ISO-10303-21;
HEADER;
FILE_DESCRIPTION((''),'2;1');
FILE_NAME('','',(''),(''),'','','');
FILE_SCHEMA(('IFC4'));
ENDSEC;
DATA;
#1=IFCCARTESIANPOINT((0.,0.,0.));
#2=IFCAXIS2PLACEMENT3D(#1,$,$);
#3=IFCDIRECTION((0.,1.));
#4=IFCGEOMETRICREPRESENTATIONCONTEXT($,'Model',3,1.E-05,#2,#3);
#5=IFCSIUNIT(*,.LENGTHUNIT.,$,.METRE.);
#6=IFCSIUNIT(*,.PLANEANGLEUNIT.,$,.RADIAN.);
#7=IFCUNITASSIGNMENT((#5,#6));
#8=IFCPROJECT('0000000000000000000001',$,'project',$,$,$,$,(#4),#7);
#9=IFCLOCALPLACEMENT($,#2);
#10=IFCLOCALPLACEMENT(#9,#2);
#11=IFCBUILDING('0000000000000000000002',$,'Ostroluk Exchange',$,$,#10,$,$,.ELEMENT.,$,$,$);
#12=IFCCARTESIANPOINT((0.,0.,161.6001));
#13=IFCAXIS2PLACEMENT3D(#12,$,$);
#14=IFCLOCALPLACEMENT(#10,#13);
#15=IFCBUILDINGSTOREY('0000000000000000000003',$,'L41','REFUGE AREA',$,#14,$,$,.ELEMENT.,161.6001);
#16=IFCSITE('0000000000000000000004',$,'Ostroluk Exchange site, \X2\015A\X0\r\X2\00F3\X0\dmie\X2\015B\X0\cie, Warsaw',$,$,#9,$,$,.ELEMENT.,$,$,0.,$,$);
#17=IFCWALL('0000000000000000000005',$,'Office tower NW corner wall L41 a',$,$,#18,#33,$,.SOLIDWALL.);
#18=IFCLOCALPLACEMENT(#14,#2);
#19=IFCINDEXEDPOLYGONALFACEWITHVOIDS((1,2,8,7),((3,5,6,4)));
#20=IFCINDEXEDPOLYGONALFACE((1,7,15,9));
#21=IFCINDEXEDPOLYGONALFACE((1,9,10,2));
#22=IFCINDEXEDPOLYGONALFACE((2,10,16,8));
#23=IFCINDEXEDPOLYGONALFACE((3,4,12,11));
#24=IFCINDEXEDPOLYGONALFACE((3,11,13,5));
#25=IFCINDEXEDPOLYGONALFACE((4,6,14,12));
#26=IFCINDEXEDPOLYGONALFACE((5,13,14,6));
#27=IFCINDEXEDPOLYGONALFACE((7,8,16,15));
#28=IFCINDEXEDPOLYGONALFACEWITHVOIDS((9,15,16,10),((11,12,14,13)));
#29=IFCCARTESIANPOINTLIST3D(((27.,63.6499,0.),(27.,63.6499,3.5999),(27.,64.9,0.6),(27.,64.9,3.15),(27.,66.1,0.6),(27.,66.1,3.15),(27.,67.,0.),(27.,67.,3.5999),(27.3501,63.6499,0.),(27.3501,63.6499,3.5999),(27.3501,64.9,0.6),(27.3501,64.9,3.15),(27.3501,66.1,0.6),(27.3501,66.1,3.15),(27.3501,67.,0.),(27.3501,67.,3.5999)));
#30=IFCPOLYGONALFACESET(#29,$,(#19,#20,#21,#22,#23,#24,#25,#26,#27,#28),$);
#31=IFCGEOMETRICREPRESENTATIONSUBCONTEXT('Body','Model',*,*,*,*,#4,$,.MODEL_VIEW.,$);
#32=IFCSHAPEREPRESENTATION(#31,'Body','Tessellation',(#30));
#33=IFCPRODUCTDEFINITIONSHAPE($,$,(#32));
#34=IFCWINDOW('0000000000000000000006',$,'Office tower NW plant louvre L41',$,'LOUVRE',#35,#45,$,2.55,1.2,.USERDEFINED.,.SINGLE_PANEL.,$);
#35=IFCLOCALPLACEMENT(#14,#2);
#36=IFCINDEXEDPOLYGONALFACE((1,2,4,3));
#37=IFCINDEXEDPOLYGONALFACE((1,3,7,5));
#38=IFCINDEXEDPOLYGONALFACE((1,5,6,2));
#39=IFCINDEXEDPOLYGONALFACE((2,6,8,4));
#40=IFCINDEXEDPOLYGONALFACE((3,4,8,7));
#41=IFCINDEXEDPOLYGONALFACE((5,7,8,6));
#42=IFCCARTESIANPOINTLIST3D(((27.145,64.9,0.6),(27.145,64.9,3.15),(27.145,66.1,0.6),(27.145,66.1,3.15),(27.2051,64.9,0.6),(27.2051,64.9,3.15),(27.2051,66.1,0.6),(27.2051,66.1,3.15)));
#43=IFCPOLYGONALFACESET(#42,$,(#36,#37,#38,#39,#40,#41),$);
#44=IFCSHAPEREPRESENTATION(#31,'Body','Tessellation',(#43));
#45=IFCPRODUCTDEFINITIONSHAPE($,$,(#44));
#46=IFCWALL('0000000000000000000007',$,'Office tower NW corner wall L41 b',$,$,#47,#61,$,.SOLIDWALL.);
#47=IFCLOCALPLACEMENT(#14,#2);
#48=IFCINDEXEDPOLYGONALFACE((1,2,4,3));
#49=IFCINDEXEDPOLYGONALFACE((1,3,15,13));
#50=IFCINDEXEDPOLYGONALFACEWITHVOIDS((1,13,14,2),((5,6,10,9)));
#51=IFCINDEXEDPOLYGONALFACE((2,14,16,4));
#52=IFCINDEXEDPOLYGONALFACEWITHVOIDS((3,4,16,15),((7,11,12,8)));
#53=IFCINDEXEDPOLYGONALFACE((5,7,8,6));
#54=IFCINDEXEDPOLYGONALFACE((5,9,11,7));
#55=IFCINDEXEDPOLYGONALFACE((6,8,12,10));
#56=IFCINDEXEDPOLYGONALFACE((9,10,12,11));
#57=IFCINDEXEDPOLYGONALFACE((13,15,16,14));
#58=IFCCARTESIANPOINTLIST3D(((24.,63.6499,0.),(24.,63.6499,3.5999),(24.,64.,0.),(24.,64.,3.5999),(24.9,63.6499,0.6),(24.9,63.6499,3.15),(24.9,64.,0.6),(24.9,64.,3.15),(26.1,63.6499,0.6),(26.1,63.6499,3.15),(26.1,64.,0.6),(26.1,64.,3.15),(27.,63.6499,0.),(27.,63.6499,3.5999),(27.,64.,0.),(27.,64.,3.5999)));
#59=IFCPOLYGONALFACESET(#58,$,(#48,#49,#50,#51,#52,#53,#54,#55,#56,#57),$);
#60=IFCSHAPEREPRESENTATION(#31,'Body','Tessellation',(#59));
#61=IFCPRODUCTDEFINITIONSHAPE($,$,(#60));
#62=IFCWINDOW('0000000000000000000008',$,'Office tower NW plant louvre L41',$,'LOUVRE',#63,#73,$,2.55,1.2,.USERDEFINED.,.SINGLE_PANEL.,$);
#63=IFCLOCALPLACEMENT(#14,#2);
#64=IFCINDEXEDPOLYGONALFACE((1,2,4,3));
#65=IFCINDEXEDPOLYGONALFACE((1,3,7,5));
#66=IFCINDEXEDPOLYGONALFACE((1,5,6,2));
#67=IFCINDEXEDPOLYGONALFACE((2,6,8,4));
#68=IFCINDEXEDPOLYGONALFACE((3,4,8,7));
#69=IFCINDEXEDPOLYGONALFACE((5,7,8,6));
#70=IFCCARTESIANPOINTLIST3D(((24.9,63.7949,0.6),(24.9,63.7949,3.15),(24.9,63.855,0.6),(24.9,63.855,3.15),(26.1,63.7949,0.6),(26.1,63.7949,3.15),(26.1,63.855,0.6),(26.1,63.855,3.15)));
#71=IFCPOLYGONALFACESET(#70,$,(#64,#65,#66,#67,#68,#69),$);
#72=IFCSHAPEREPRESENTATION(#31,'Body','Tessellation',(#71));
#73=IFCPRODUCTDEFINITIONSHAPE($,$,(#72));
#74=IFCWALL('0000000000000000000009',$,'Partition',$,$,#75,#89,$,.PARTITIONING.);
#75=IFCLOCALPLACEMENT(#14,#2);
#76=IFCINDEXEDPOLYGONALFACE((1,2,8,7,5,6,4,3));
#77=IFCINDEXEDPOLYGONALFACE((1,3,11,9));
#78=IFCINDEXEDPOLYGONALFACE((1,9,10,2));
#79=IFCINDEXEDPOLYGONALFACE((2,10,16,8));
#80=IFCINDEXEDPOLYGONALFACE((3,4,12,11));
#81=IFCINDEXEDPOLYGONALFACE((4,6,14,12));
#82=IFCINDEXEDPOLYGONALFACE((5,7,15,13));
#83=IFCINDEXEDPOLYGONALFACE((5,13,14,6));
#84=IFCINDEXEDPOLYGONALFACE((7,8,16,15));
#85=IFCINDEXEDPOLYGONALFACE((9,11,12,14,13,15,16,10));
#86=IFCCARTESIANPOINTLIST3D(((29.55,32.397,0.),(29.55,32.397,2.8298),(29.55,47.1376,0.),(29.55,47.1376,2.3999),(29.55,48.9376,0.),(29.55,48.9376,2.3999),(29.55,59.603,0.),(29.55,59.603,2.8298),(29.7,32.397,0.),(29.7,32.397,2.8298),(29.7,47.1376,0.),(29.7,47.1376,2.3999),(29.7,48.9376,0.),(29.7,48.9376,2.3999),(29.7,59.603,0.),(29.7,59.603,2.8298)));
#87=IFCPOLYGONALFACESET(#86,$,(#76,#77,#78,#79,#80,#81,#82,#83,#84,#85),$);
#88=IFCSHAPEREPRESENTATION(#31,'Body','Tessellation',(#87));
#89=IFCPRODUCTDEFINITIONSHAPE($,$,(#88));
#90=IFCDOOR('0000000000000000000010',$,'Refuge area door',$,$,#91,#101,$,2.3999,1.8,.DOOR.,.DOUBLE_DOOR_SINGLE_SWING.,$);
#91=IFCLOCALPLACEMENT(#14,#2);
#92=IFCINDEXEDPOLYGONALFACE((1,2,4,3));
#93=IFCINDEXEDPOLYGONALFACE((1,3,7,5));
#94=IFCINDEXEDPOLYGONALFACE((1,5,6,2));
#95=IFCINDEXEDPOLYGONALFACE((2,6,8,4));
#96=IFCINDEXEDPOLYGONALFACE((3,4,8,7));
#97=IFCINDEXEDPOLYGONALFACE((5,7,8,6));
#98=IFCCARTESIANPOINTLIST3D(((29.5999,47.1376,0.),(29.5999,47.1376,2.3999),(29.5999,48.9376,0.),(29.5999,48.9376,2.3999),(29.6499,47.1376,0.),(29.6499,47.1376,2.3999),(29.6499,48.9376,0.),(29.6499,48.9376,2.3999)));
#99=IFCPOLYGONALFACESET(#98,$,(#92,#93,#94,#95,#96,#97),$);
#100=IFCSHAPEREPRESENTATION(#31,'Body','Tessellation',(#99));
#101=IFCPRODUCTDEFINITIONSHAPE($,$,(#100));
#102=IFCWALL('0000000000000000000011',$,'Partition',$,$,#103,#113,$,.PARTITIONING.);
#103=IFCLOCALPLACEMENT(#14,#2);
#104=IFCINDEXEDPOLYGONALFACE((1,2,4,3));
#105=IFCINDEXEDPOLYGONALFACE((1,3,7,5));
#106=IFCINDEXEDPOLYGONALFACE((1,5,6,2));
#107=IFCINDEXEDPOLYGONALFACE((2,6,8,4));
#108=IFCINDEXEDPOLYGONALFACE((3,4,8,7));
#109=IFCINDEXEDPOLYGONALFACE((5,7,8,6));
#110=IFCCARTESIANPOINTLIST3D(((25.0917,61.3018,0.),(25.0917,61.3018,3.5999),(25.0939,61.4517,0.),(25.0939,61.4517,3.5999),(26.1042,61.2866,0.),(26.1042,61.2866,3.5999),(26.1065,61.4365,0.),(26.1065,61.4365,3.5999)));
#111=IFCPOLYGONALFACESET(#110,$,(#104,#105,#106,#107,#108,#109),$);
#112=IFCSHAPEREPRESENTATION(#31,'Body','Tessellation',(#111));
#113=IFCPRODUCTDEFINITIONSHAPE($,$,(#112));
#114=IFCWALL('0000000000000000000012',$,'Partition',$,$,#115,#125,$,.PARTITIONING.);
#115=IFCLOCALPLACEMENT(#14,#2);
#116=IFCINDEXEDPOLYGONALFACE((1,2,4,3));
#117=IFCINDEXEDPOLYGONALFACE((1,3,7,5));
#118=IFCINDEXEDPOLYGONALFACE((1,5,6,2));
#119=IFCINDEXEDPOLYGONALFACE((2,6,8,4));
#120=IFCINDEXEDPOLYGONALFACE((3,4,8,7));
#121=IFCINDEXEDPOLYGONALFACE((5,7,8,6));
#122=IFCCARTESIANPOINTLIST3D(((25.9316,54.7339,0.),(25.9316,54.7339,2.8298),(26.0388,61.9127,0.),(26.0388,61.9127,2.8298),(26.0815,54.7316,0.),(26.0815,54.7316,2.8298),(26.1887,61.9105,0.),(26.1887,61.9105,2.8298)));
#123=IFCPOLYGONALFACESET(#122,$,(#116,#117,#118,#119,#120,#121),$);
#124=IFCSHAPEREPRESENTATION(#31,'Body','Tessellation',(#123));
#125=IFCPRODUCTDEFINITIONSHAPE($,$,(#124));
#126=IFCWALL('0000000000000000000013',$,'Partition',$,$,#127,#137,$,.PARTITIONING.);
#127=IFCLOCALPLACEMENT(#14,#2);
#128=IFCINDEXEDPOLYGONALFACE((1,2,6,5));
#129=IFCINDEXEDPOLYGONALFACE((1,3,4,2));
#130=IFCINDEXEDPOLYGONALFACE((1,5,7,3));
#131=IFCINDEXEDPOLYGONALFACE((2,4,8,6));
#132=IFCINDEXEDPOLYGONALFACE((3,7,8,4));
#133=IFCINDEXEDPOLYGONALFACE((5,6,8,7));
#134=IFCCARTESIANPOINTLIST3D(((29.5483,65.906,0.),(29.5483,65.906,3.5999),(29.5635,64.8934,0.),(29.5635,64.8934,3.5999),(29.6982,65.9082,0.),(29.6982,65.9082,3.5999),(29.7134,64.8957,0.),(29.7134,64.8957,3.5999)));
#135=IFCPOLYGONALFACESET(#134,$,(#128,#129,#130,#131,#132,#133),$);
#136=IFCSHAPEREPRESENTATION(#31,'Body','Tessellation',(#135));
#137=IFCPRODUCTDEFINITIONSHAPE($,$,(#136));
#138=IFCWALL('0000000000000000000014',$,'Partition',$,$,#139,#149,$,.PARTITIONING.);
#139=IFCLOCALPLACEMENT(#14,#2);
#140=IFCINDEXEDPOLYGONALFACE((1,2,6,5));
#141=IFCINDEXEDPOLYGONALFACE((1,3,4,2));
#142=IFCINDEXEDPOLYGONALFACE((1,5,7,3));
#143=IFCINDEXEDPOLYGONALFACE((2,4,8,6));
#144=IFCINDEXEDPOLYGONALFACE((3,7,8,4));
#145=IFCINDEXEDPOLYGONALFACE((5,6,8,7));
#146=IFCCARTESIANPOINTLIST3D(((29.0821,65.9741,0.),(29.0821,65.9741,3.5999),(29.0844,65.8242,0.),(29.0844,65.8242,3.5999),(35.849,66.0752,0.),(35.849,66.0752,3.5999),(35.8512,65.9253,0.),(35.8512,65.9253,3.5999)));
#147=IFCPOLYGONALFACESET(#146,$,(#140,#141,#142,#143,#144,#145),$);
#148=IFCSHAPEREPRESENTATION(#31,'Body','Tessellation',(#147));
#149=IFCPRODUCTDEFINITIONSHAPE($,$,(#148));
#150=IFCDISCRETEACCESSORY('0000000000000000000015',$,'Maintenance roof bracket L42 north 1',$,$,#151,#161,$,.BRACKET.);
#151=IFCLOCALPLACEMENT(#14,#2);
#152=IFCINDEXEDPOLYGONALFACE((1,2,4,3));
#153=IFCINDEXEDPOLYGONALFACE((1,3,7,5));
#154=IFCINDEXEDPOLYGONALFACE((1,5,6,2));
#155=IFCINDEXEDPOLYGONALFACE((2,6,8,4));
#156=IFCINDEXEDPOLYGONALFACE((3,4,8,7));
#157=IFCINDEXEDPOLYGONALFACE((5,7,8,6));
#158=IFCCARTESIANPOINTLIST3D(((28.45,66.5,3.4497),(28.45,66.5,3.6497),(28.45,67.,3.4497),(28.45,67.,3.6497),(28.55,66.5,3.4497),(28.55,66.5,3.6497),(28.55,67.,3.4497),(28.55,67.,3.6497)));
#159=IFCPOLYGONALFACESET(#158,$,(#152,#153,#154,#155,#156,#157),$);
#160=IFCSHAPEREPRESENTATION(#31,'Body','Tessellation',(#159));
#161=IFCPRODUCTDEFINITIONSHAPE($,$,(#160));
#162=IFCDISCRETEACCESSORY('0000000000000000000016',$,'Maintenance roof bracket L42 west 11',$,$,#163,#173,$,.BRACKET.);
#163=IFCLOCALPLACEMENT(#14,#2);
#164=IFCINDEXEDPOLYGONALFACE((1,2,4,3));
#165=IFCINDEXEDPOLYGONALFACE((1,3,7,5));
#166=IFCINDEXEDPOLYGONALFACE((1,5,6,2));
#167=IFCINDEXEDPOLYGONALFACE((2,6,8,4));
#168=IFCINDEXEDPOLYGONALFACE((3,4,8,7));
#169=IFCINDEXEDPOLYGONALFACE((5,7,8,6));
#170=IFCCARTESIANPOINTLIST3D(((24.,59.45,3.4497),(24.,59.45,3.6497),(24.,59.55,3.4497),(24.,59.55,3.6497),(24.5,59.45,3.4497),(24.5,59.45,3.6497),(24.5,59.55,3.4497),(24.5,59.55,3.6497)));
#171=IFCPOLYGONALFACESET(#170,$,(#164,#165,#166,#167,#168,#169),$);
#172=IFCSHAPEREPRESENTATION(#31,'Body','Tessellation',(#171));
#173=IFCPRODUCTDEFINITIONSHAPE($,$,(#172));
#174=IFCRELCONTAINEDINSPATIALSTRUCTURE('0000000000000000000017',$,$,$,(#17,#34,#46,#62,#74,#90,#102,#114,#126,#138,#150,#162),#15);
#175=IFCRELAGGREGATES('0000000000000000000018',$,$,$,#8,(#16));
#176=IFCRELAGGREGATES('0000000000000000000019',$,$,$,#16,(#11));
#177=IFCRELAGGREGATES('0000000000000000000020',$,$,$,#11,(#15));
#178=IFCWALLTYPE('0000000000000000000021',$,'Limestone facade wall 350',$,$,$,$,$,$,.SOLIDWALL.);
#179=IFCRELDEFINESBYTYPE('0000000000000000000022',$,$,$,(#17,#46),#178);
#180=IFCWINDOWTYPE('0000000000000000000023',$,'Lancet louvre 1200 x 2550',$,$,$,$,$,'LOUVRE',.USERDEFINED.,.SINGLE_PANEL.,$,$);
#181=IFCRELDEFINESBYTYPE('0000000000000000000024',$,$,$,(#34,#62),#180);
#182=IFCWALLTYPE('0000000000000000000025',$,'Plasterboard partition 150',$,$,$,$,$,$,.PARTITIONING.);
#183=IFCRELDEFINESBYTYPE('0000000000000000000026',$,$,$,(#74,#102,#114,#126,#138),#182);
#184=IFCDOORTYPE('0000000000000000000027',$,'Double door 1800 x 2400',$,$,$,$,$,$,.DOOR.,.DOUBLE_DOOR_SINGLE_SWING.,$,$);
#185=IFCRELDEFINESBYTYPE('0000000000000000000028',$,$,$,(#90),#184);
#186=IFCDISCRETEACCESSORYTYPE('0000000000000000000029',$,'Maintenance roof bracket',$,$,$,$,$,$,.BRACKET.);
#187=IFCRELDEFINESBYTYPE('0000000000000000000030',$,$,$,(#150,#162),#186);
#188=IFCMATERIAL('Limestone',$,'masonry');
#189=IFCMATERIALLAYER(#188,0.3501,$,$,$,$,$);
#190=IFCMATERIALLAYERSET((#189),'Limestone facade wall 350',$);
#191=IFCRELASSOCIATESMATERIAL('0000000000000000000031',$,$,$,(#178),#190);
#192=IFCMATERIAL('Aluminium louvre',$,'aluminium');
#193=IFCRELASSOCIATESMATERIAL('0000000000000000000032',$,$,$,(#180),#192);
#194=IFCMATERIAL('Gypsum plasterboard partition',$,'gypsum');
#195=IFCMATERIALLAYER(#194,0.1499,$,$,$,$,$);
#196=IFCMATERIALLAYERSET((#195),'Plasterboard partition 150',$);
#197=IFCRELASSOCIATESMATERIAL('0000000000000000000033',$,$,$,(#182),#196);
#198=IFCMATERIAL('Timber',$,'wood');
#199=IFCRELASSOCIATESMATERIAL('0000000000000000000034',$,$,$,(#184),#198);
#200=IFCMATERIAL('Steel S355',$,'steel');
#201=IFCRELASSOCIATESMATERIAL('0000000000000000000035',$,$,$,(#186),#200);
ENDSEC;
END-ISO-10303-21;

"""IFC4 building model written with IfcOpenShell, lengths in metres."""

from ifc_helpers import new_model, si_unit, direction, frame, frame_2d, origin, origin_2d, place, context, subcontext, project, spatial, rectangle, extrude, material, layer, layer_set, type_object, element, fill, save


model = new_model("IFC4")

# Units and contexts
model_context = context("Model", 3, precision=1e-05, world=origin(), true_north=direction((0.0, 1.0)))
body_context = subcontext(model_context, "Body", "Model", "MODEL_VIEW")
ifc_project = project(units=[si_unit("LENGTHUNIT", "METRE"), si_unit("PLANEANGLEUNIT", "RADIAN")], contexts=[model_context])

# Site, building, storey
site_placement = place(None, origin())
site = spatial("IfcSite", under=ifc_project, at=site_placement, Name="Ostroluk Exchange site, Śródmieście, Warsaw", CompositionType="ELEMENT", RefElevation=0.0)
building_placement = place(site_placement, origin())
building = spatial("IfcBuilding", under=site, at=building_placement, Name="Ostroluk Exchange", CompositionType="ELEMENT")
storey_placement = place(building_placement, frame((0.0, 0.0, 161.6001)))
storey = spatial("IfcBuildingStorey", under=building, at=storey_placement, Name="L41", Description="REFUGE AREA", CompositionType="ELEMENT", Elevation=161.6001)

# Walls, openings, windows
ifc_material_1 = material(Name="Limestone", Category="masonry")
ifc_layer_1 = layer(ifc_material_1, 0.3501)
ifc_layer_set_1 = layer_set([ifc_layer_1], Name="Limestone facade wall 350")
wall_type_1 = type_object("IfcWallType", Name="Limestone facade wall 350", PredefinedType="SOLIDWALL", material=ifc_layer_set_1)
wall_1_placement = place(storey_placement, frame((27.175, 67.0, 0.0), z_axis=(0.0, 0.0, 1.0), x_axis=(0.0, -1.0, 0.0)))
wall_1 = element("IfcWall", 1, at=wall_1_placement, inside=storey, type_object=wall_type_1, Name="Office tower NW corner wall L41 a", PredefinedType="SOLIDWALL", context=body_context, shape_type="SweptSolid", body=[
    extrude(rectangle(XDim=3.3501, YDim=0.3501, at=frame_2d((1.675, 0.0))), origin(), (0.0, 0.0, 1.0), 3.5999),
])
opening_1_placement = place(wall_1_placement, frame((0.8999, 0.0, 0.6001)))
opening_1 = element("IfcOpeningElement", 2, at=opening_1_placement, cuts=wall_1, PredefinedType="OPENING", context=body_context, shape_type="SweptSolid", body=[
    extrude(rectangle(XDim=1.2, YDim=2.55, at=frame_2d((0.6001, 1.2749))), frame((0.0, 0.1851, 0.0), z_axis=(0.0, -1.0, 0.0), x_axis=(1.0, 0.0, 0.0)), (0.0, 0.0, 1.0), 0.3701),
])
ifc_material_2 = material(Name="Aluminium louvre", Category="aluminium")
window_type = type_object("IfcWindowType", Name="Lancet louvre 1200 x 2550", ElementType="LOUVRE", PartitioningType="SINGLE_PANEL", PredefinedType="USERDEFINED", material=ifc_material_2)
window_1_placement = place(opening_1_placement, origin())
window_1 = element("IfcWindow", 3, at=window_1_placement, inside=storey, type_object=window_type, Name="Office tower NW plant louvre L41", ObjectType="LOUVRE", OverallHeight=2.55, OverallWidth=1.2, PartitioningType="SINGLE_PANEL", PredefinedType="USERDEFINED", context=body_context, shape_type="SweptSolid", body=[
    extrude(rectangle(XDim=1.2, YDim=2.55, at=frame_2d((0.6001, 1.2749))), frame((0.0, 0.03, 0.0), z_axis=(0.0, -1.0, 0.0), x_axis=(1.0, 0.0, 0.0)), (0.0, 0.0, 1.0), 0.0601),
])
fill(opening_1, window_1)
wall_2_placement = place(storey_placement, frame((27.0, 63.825, 0.0), z_axis=(0.0, 0.0, 1.0), x_axis=(-1.0, 0.0, 0.0)))
wall_2 = element("IfcWall", 4, at=wall_2_placement, inside=storey, type_object=wall_type_1, Name="Office tower NW corner wall L41 b", PredefinedType="SOLIDWALL", context=body_context, shape_type="SweptSolid", body=[
    extrude(rectangle(XDim=3.0, YDim=0.3501, at=frame_2d((1.5, 0.0))), origin(), (0.0, 0.0, 1.0), 3.5999),
])
opening_2_placement = place(wall_2_placement, frame((0.8999, 0.0, 0.6001)))
opening_2 = element("IfcOpeningElement", 5, at=opening_2_placement, cuts=wall_2, PredefinedType="OPENING", context=body_context, shape_type="SweptSolid", body=[
    extrude(rectangle(XDim=1.2, YDim=2.55, at=frame_2d((0.6001, 1.2749))), frame((0.0, 0.1851, 0.0), z_axis=(0.0, -1.0, 0.0), x_axis=(1.0, 0.0, 0.0)), (0.0, 0.0, 1.0), 0.3701),
])
window_2_placement = place(opening_2_placement, origin())
window_2 = element("IfcWindow", 6, at=window_2_placement, inside=storey, type_object=window_type, Name="Office tower NW plant louvre L41", ObjectType="LOUVRE", OverallHeight=2.55, OverallWidth=1.2, PartitioningType="SINGLE_PANEL", PredefinedType="USERDEFINED", context=body_context, shape_type="SweptSolid", body=[
    extrude(rectangle(XDim=1.2, YDim=2.55, at=frame_2d((0.6001, 1.2749))), frame((0.0, 0.03, 0.0), z_axis=(0.0, -1.0, 0.0), x_axis=(1.0, 0.0, 0.0)), (0.0, 0.0, 1.0), 0.0601),
])
fill(opening_2, window_2)

# Wall, opening, door
ifc_material_3 = material(Name="Gypsum plasterboard partition", Category="gypsum")
ifc_layer_2 = layer(ifc_material_3, 0.1499)
ifc_layer_set_2 = layer_set([ifc_layer_2], Name="Plasterboard partition 150")
wall_type_2 = type_object("IfcWallType", Name="Plasterboard partition 150", PredefinedType="PARTITIONING", material=ifc_layer_set_2)
wall_3_placement = place(storey_placement, frame((29.625, 59.603, 0.0), z_axis=(0.0, 0.0, 1.0), x_axis=(0.0, -1.0, 0.0)))
wall_3 = element("IfcWall", 7, at=wall_3_placement, inside=storey, type_object=wall_type_2, Name="Partition", PredefinedType="PARTITIONING", context=body_context, shape_type="SweptSolid", body=[
    extrude(rectangle(XDim=27.2061, YDim=0.1499, at=frame_2d((13.603, 0.0))), origin(), (0.0, 0.0, 1.0), 2.8298),
])
opening_3_placement = place(wall_3_placement, frame((10.6655, 0.0, 0.0)))
opening_3 = element("IfcOpeningElement", 8, at=opening_3_placement, cuts=wall_3, PredefinedType="OPENING", context=body_context, shape_type="SweptSolid", body=[
    extrude(rectangle(XDim=1.8, YDim=2.3999, at=frame_2d((0.8999, 1.2))), frame((0.0, 0.085, 0.0), z_axis=(0.0, -1.0, 0.0), x_axis=(1.0, 0.0, 0.0)), (0.0, 0.0, 1.0), 0.1699),
])
ifc_material_4 = material(Name="Timber", Category="wood")
door_type = type_object("IfcDoorType", Name="Double door 1800 x 2400", OperationType="DOUBLE_DOOR_SINGLE_SWING", PredefinedType="DOOR", material=ifc_material_4)
door_placement = place(opening_3_placement, origin())
door = element("IfcDoor", 9, at=door_placement, inside=storey, type_object=door_type, Name="Refuge area door", OperationType="DOUBLE_DOOR_SINGLE_SWING", OverallHeight=2.3999, OverallWidth=1.8, PredefinedType="DOOR", context=body_context, shape_type="SweptSolid", body=[
    extrude(rectangle(XDim=1.8, YDim=2.3999, at=frame_2d((0.8999, 1.2))), frame((0.0, 0.0249, 0.0), z_axis=(0.0, -1.0, 0.0), x_axis=(1.0, 0.0, 0.0)), (0.0, 0.0, 1.0), 0.05),
])
fill(opening_3, door)

# Walls
wall_4_placement = place(storey_placement, frame((25.0928, 61.3767, 0.0), z_axis=(0.0, 0.0, 1.0), x_axis=(0.999888, -0.014945, 0.0)))
element("IfcWall", 10, at=wall_4_placement, inside=storey, type_object=wall_type_2, Name="Partition", PredefinedType="PARTITIONING", context=body_context, shape_type="SweptSolid", body=[
    extrude(rectangle(XDim=1.0127, YDim=0.1499, at=frame_2d((0.5063, 0.0))), origin(), (0.0, 0.0, 1.0), 3.5999),
])
wall_5_placement = place(storey_placement, frame((26.1138, 61.9116, 0.0), z_axis=(0.0, 0.0, 1.0), x_axis=(-0.014928, -0.999889, 0.0)))
element("IfcWall", 11, at=wall_5_placement, inside=storey, type_object=wall_type_2, Name="Partition", PredefinedType="PARTITIONING", context=body_context, shape_type="SweptSolid", body=[
    extrude(rectangle(XDim=7.1797, YDim=0.1499, at=frame_2d((3.5898, 0.0))), origin(), (0.0, 0.0, 1.0), 2.8298),
])
wall_6_placement = place(storey_placement, frame((29.6384, 64.8945, 0.0), z_axis=(0.0, 0.0, 1.0), x_axis=(-0.014945, 0.999888, 0.0)))
element("IfcWall", 12, at=wall_6_placement, inside=storey, type_object=wall_type_2, Name="Partition", PredefinedType="PARTITIONING", context=body_context, shape_type="SweptSolid", body=[
    extrude(rectangle(XDim=1.0127, YDim=0.1499, at=frame_2d((0.5063, 0.0))), origin(), (0.0, 0.0, 1.0), 3.5999),
])
wall_7_placement = place(storey_placement, frame((29.0833, 65.8992, 0.0), z_axis=(0.0, 0.0, 1.0), x_axis=(0.999888, 0.014935, 0.0)))
element("IfcWall", 13, at=wall_7_placement, inside=storey, type_object=wall_type_2, Name="Partition", PredefinedType="PARTITIONING", context=body_context, shape_type="SweptSolid", body=[
    extrude(rectangle(XDim=6.7676, YDim=0.1499, at=frame_2d((3.3838, 0.0))), origin(), (0.0, 0.0, 1.0), 3.5999),
])

# Discrete accessories
ifc_material_5 = material(Name="Steel S355", Category="steel")
discrete_accessory_type = type_object("IfcDiscreteAccessoryType", Name="Maintenance roof bracket", PredefinedType="BRACKET", material=ifc_material_5)
discrete_accessory_placement = place(storey_placement, frame((28.5, 66.75, 3.4497), z_axis=(0.0, 0.0, 1.0), x_axis=(1.0, 0.0, 0.0)))
element("IfcDiscreteAccessory", 14, at=discrete_accessory_placement, inside=storey, type_object=discrete_accessory_type, Name="Maintenance roof bracket L42 north 1", PredefinedType="BRACKET", context=body_context, shape_type="SweptSolid", body=[
    extrude(rectangle(XDim=0.1001, YDim=0.5, at=origin_2d()), origin(), (0.0, 0.0, 1.0), 0.2),
])
for number, where, z_axis, x_axis, name in (
    (15, (24.25, 59.5, 3.4497), (0.0, 0.0, 1.0), (1.0, 0.0, 0.0), "Maintenance roof bracket L42 west 11"),
):
    element("IfcDiscreteAccessory", number, at=place(storey_placement, frame(where, z_axis=z_axis, x_axis=x_axis)), inside=storey, type_object=discrete_accessory_type, Name=name, PredefinedType="BRACKET", context=body_context, shape_type="SweptSolid", body=[
        extrude(rectangle(XDim=0.5, YDim=0.1001, at=origin_2d()), origin(), (0.0, 0.0, 1.0), 0.2),
    ])

save(model, "model.ifc")
